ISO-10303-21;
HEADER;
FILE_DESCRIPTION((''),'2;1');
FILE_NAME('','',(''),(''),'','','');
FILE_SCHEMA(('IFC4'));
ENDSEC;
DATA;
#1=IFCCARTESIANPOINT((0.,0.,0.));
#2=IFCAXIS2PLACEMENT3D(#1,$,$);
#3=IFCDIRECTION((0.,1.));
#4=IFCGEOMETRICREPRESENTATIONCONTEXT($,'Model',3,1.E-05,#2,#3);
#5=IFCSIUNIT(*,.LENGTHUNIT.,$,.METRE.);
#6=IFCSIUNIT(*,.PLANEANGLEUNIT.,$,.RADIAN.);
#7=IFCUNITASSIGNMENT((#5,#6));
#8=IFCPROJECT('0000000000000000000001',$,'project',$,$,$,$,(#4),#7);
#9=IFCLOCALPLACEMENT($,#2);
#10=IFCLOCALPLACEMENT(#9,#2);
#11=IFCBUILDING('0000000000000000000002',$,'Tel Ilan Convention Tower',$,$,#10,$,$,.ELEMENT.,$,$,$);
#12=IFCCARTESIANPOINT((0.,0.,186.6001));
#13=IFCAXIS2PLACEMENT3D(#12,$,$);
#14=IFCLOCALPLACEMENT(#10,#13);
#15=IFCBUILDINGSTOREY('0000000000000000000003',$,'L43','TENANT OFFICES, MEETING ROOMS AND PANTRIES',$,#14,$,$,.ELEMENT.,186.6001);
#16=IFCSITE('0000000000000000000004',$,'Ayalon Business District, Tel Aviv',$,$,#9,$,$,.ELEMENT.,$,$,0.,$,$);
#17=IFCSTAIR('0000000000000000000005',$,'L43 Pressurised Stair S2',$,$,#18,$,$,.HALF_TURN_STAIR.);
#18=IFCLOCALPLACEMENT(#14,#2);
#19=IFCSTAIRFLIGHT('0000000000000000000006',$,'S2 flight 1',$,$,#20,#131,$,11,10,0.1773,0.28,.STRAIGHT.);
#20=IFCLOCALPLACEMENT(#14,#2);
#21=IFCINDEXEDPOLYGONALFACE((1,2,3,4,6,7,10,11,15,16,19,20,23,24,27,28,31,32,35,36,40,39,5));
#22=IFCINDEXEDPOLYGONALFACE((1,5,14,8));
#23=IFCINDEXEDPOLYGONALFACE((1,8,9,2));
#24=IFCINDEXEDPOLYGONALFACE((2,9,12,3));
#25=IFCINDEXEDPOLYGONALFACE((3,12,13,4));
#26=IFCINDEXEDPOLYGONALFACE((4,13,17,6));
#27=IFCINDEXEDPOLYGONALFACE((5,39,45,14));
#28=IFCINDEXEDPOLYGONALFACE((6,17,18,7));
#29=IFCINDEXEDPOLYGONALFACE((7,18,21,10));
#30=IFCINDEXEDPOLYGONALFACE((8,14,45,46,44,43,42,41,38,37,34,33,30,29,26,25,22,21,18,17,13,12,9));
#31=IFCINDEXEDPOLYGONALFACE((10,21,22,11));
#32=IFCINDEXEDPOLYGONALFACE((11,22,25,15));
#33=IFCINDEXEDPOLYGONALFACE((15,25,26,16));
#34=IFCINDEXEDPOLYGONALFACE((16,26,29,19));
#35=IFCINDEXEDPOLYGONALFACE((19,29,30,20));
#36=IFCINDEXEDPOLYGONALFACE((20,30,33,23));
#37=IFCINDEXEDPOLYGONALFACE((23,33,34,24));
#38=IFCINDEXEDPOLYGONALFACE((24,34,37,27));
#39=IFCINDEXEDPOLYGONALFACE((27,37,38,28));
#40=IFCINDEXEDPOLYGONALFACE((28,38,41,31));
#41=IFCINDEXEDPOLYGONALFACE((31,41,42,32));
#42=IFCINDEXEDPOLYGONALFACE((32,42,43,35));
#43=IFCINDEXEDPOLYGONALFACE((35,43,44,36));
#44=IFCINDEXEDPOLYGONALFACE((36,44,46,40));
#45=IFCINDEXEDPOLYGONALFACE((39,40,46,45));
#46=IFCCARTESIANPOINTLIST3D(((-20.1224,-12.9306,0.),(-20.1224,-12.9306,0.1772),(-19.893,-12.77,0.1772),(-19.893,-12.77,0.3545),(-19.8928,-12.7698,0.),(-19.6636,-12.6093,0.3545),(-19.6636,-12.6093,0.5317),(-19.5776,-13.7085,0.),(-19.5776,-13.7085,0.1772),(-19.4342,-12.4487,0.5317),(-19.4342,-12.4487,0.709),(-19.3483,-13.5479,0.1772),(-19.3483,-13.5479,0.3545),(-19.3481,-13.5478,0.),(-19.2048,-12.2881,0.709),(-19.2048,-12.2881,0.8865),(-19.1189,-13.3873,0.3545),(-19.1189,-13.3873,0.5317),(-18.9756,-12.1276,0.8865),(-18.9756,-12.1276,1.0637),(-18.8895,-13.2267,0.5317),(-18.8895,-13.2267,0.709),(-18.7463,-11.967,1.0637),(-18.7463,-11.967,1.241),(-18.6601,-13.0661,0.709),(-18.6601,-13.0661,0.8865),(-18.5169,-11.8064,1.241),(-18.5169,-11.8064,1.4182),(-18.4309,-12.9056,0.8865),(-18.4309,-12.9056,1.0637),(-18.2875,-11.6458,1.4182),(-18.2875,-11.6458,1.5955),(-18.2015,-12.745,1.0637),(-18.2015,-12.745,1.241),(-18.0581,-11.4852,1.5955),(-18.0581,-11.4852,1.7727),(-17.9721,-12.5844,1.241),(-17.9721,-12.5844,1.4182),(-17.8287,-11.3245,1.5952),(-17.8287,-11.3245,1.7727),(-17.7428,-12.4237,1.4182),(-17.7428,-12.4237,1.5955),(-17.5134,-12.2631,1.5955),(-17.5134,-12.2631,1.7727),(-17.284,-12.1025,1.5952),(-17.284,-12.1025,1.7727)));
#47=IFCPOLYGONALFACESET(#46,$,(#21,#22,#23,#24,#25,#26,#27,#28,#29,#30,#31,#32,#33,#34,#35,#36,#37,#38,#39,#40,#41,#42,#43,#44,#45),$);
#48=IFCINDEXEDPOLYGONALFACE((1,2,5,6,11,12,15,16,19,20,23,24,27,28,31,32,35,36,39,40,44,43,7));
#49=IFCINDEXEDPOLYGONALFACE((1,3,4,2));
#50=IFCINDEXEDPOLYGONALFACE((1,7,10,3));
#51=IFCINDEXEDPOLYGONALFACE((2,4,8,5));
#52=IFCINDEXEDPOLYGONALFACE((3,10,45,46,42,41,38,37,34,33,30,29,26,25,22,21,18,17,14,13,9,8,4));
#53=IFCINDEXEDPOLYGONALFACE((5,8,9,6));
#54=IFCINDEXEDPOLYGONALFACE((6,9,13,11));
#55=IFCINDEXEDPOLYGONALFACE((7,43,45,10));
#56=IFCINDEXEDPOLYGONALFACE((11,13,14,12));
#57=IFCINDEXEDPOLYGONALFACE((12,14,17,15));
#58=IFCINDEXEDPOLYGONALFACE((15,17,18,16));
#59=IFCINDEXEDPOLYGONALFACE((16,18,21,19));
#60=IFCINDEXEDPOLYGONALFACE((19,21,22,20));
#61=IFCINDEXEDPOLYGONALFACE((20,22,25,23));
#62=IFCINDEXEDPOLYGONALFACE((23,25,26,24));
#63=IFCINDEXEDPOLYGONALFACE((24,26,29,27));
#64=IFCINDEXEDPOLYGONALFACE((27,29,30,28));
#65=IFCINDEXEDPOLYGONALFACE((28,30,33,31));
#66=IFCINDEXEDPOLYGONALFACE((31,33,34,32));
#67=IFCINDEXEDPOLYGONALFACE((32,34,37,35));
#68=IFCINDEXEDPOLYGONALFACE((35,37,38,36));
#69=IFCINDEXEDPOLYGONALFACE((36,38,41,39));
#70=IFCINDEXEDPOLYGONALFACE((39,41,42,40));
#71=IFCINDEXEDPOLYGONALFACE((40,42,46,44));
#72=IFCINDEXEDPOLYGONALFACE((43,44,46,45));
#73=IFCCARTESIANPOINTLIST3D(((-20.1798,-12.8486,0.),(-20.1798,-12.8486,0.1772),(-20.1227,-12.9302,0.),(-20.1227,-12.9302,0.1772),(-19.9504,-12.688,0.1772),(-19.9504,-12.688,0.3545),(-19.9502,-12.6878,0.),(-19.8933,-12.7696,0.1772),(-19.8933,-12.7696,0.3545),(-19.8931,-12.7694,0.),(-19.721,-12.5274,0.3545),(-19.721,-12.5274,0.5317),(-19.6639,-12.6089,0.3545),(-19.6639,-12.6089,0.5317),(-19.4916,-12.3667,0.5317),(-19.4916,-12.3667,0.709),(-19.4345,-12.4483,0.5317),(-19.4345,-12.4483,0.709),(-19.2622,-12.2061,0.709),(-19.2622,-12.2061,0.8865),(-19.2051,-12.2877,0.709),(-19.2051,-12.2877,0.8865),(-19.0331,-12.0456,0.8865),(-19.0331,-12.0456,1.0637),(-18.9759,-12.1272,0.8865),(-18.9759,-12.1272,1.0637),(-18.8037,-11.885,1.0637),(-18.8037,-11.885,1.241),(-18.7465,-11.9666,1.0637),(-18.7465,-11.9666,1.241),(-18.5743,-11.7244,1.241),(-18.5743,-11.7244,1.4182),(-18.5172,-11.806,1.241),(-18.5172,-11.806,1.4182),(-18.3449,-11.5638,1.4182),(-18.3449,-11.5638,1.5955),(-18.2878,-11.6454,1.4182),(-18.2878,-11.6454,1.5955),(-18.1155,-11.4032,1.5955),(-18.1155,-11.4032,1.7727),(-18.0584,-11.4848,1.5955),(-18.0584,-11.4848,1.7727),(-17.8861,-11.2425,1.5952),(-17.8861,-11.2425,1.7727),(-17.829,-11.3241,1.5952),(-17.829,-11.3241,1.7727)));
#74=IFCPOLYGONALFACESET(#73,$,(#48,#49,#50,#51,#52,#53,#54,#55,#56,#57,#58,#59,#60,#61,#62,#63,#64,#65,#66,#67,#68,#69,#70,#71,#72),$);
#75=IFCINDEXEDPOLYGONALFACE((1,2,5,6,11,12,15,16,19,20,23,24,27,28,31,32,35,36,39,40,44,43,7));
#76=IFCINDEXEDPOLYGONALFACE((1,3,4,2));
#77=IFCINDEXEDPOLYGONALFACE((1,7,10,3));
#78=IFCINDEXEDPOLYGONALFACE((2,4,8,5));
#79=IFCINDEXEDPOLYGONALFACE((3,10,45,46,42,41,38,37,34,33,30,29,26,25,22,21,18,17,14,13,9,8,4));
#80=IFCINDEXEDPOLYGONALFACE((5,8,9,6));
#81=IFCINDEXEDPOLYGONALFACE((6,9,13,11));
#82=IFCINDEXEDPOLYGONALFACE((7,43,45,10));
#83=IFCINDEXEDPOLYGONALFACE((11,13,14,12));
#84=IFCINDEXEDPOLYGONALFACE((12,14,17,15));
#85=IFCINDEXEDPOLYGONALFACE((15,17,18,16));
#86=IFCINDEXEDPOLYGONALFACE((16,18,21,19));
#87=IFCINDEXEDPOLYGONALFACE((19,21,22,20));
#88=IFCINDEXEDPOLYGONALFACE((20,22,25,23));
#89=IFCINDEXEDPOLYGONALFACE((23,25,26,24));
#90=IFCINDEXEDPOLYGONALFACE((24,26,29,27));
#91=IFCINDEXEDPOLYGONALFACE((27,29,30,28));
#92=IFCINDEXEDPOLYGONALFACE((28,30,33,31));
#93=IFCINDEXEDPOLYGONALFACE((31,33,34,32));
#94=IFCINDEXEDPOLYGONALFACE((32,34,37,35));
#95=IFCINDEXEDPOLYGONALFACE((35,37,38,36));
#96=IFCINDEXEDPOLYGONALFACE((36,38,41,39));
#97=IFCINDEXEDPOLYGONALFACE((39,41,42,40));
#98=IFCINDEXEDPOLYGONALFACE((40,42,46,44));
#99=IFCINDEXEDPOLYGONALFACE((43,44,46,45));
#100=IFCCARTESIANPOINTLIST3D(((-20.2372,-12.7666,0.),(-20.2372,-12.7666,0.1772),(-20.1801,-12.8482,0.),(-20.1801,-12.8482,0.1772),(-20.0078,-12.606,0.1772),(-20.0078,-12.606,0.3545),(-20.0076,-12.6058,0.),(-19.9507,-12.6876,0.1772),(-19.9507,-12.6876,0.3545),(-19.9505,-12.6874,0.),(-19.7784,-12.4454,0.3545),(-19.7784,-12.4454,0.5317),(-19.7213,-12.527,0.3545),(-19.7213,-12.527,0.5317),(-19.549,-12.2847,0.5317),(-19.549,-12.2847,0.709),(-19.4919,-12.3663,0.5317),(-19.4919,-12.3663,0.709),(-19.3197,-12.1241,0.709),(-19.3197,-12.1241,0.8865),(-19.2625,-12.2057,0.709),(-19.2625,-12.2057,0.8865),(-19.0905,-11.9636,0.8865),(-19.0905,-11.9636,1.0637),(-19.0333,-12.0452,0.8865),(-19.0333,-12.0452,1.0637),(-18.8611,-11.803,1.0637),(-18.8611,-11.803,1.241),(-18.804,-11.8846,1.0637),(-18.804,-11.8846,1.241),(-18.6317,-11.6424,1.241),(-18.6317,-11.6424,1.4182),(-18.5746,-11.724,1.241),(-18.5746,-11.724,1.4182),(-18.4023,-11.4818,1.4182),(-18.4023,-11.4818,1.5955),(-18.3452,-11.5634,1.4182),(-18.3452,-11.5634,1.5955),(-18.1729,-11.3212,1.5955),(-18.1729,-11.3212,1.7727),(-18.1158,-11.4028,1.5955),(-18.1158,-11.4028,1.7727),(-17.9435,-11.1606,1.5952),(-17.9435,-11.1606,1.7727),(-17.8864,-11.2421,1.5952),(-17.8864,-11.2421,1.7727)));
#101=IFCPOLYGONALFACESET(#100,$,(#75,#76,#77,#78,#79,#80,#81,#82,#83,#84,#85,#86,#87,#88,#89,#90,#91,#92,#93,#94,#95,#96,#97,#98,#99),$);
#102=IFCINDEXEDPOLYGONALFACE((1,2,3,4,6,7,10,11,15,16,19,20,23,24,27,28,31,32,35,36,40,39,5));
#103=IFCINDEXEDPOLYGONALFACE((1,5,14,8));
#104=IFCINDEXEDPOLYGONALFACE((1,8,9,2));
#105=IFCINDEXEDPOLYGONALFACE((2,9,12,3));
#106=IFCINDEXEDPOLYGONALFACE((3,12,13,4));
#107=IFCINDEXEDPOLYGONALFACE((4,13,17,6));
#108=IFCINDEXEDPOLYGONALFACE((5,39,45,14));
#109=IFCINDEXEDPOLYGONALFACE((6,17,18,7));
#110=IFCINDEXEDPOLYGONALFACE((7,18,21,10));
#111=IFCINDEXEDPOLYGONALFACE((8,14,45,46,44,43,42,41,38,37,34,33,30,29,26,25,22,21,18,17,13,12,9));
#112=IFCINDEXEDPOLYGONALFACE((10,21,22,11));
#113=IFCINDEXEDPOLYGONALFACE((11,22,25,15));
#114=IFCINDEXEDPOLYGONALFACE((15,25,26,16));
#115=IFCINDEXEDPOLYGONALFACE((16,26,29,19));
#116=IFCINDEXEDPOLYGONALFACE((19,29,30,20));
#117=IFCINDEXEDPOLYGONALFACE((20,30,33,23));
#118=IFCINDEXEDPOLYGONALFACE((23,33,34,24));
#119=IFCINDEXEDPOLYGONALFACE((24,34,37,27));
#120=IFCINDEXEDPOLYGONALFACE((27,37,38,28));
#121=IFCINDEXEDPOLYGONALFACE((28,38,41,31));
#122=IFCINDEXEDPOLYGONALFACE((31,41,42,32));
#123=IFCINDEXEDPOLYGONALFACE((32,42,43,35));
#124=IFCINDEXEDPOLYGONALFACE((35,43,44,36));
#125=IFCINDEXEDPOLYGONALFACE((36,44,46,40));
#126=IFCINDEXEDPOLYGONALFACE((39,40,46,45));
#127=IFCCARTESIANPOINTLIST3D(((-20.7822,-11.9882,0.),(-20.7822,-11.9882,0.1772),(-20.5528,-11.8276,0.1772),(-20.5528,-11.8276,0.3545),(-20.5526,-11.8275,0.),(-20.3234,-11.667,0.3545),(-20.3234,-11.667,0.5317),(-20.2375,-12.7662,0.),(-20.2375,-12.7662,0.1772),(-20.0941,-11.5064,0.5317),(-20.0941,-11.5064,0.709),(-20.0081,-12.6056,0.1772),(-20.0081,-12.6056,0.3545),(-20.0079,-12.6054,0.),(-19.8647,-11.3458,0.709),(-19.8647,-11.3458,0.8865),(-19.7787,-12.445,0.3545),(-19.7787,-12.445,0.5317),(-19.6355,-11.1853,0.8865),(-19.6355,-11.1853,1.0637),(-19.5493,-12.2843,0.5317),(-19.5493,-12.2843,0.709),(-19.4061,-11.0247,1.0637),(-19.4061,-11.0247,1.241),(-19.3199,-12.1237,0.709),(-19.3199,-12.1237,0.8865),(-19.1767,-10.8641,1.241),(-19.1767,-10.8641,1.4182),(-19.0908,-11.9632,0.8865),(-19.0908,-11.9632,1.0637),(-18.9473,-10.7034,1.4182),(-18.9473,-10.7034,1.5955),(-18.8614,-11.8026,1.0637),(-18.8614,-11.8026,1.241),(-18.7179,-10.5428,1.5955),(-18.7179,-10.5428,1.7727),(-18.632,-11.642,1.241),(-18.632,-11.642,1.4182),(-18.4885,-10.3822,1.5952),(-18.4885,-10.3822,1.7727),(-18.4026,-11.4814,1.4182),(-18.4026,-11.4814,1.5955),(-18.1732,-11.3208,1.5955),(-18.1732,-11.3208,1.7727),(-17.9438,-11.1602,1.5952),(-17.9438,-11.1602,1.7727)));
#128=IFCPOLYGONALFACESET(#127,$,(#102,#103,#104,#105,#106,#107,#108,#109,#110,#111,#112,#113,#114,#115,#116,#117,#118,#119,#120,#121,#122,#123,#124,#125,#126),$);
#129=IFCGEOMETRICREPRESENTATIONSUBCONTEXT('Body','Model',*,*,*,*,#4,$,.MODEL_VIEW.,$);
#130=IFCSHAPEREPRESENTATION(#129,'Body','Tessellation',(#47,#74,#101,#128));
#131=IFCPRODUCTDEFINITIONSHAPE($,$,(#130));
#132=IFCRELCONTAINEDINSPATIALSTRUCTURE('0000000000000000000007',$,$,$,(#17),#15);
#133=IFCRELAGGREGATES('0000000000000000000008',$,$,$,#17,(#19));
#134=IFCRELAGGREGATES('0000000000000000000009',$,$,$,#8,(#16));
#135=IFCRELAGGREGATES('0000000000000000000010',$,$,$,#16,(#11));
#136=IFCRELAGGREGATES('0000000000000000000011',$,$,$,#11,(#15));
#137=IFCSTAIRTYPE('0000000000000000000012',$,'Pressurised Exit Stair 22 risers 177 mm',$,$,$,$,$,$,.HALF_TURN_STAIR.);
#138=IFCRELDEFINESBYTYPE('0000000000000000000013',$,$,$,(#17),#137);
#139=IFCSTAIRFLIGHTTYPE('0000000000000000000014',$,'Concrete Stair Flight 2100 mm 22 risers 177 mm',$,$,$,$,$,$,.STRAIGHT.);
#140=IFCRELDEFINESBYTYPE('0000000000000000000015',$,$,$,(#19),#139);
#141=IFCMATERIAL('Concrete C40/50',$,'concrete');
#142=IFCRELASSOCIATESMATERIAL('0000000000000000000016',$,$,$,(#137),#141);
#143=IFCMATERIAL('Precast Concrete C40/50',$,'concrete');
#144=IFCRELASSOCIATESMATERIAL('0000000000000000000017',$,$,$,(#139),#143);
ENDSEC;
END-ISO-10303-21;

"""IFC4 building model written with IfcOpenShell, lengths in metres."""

from ifc_helpers import new_model, si_unit, direction, frame, origin, place, context, subcontext, project, spatial, polyline, outline, extrude, material, type_object, element, aggregate, save


model = new_model("IFC4")

# Units and contexts
model_context = context("Model", 3, precision=1e-05, world=origin(), true_north=direction((0.0, 1.0)))
body_context = subcontext(model_context, "Body", "Model", "MODEL_VIEW")
ifc_project = project(units=[si_unit("LENGTHUNIT", "METRE"), si_unit("PLANEANGLEUNIT", "RADIAN")], contexts=[model_context])

# Site, building, storey
site_placement = place(None, origin())
site = spatial("IfcSite", under=ifc_project, at=site_placement, Name="Ayalon Business District, Tel Aviv", CompositionType="ELEMENT", RefElevation=0.0)
building_placement = place(site_placement, origin())
building = spatial("IfcBuilding", under=site, at=building_placement, Name="Tel Ilan Convention Tower", CompositionType="ELEMENT")
storey_placement = place(building_placement, frame((0.0, 0.0, 186.6001)))
storey = spatial("IfcBuildingStorey", under=building, at=storey_placement, Name="L43", Description="TENANT OFFICES, MEETING ROOMS AND PANTRIES", CompositionType="ELEMENT", Elevation=186.6001)

# Stair, stair flight
ifc_material_1 = material(Name="Concrete C40/50", Category="concrete")
stair_type = type_object("IfcStairType", Name="Pressurised Exit Stair 22 risers 177 mm", PredefinedType="HALF_TURN_STAIR", material=ifc_material_1)
ifc_material_2 = material(Name="Precast Concrete C40/50", Category="concrete")
stair_flight_type = type_object("IfcStairFlightType", Name="Concrete Stair Flight 2100 mm 22 risers 177 mm", PredefinedType="STRAIGHT", material=ifc_material_2)
stair_1_placement = place(storey_placement, origin())
stair_1 = element("IfcStair", 1, at=stair_1_placement, inside=storey, type_object=stair_type, Name="L43 Pressurised Stair S2", PredefinedType="HALF_TURN_STAIR")
stair_flight_1_placement = place(storey_placement, frame((-20.1799, -12.8484, 0.0), z_axis=(0.0, 0.0, 1.0), x_axis=(0.819152, 0.573576, 0.0)))
stair_flight_1 = element("IfcStairFlight", 2, at=stair_flight_1_placement, type_object=stair_flight_type, Name="S2 flight 1", NumberOfRisers=11, NumberOfTreads=10, PredefinedType="STRAIGHT", RiserHeight=0.1773, TreadLength=0.28, context=body_context, shape_type="SweptSolid", body=[
    extrude(outline(polyline([(0.0, 0.0), (0.0, 0.1772), (0.28, 0.1772), (0.28, 0.3545), (0.5601, 0.3545), (0.5601, 0.5317), (0.8401, 0.5317), (0.8401, 0.709), (1.1201, 0.709), (1.1201, 0.8865), (1.3999, 0.8865), (1.3999, 1.0637), (1.6799, 1.0637), (1.6799, 1.241), (1.96, 1.241), (1.96, 1.4182), (2.24, 1.4182), (2.24, 1.5955), (2.52, 1.5955), (2.52, 1.7727), (2.8, 1.7727), (2.8, 1.95), (2.8, 1.5952), (0.2803, 0.0), (0.0, 0.0)])), frame((0.0, -0.1003, 0.0), z_axis=(0.0, -1.0, 0.0), x_axis=(1.0, 0.0, 0.0)), (0.0, 0.0, 1.0), 0.9497),
    extrude(outline(polyline([(0.0, 0.0), (0.0, 0.1772), (0.28, 0.1772), (0.28, 0.3545), (0.5601, 0.3545), (0.5601, 0.5317), (0.8401, 0.5317), (0.8401, 0.709), (1.1201, 0.709), (1.1201, 0.8865), (1.3999, 0.8865), (1.3999, 1.0637), (1.6799, 1.0637), (1.6799, 1.241), (1.96, 1.241), (1.96, 1.4182), (2.24, 1.4182), (2.24, 1.5955), (2.52, 1.5955), (2.52, 1.7727), (2.8, 1.7727), (2.8, 1.95), (2.8, 1.5952), (0.2803, 0.0), (0.0, 0.0)])), frame((0.0, -0.0002, 0.0), z_axis=(0.0, -1.0, 0.0), x_axis=(1.0, 0.0, 0.0)), (0.0, 0.0, 1.0), 0.0996),
    extrude(outline(polyline([(0.0, 0.0), (0.0, 0.1772), (0.28, 0.1772), (0.28, 0.3545), (0.5601, 0.3545), (0.5601, 0.5317), (0.8401, 0.5317), (0.8401, 0.709), (1.1201, 0.709), (1.1201, 0.8865), (1.3999, 0.8865), (1.3999, 1.0637), (1.6799, 1.0637), (1.6799, 1.241), (1.96, 1.241), (1.96, 1.4182), (2.24, 1.4182), (2.24, 1.5955), (2.52, 1.5955), (2.52, 1.7727), (2.8, 1.7727), (2.8, 1.95), (2.8, 1.5952), (0.2803, 0.0), (0.0, 0.0)])), frame((0.0, 0.0999, 0.0), z_axis=(0.0, -1.0, 0.0), x_axis=(1.0, 0.0, 0.0)), (0.0, 0.0, 1.0), 0.0996),
    extrude(outline(polyline([(0.0, 0.0), (0.0, 0.1772), (0.28, 0.1772), (0.28, 0.3545), (0.5601, 0.3545), (0.5601, 0.5317), (0.8401, 0.5317), (0.8401, 0.709), (1.1201, 0.709), (1.1201, 0.8865), (1.3999, 0.8865), (1.3999, 1.0637), (1.6799, 1.0637), (1.6799, 1.241), (1.96, 1.241), (1.96, 1.4182), (2.24, 1.4182), (2.24, 1.5955), (2.52, 1.5955), (2.52, 1.7727), (2.8, 1.7727), (2.8, 1.95), (2.8, 1.5952), (0.2803, 0.0), (0.0, 0.0)])), frame((0.0, 1.05, 0.0), z_axis=(0.0, -1.0, 0.0), x_axis=(1.0, 0.0, 0.0)), (0.0, 0.0, 1.0), 0.9497),
])
aggregate(stair_1, [stair_flight_1])

save(model, "model.ifc")
